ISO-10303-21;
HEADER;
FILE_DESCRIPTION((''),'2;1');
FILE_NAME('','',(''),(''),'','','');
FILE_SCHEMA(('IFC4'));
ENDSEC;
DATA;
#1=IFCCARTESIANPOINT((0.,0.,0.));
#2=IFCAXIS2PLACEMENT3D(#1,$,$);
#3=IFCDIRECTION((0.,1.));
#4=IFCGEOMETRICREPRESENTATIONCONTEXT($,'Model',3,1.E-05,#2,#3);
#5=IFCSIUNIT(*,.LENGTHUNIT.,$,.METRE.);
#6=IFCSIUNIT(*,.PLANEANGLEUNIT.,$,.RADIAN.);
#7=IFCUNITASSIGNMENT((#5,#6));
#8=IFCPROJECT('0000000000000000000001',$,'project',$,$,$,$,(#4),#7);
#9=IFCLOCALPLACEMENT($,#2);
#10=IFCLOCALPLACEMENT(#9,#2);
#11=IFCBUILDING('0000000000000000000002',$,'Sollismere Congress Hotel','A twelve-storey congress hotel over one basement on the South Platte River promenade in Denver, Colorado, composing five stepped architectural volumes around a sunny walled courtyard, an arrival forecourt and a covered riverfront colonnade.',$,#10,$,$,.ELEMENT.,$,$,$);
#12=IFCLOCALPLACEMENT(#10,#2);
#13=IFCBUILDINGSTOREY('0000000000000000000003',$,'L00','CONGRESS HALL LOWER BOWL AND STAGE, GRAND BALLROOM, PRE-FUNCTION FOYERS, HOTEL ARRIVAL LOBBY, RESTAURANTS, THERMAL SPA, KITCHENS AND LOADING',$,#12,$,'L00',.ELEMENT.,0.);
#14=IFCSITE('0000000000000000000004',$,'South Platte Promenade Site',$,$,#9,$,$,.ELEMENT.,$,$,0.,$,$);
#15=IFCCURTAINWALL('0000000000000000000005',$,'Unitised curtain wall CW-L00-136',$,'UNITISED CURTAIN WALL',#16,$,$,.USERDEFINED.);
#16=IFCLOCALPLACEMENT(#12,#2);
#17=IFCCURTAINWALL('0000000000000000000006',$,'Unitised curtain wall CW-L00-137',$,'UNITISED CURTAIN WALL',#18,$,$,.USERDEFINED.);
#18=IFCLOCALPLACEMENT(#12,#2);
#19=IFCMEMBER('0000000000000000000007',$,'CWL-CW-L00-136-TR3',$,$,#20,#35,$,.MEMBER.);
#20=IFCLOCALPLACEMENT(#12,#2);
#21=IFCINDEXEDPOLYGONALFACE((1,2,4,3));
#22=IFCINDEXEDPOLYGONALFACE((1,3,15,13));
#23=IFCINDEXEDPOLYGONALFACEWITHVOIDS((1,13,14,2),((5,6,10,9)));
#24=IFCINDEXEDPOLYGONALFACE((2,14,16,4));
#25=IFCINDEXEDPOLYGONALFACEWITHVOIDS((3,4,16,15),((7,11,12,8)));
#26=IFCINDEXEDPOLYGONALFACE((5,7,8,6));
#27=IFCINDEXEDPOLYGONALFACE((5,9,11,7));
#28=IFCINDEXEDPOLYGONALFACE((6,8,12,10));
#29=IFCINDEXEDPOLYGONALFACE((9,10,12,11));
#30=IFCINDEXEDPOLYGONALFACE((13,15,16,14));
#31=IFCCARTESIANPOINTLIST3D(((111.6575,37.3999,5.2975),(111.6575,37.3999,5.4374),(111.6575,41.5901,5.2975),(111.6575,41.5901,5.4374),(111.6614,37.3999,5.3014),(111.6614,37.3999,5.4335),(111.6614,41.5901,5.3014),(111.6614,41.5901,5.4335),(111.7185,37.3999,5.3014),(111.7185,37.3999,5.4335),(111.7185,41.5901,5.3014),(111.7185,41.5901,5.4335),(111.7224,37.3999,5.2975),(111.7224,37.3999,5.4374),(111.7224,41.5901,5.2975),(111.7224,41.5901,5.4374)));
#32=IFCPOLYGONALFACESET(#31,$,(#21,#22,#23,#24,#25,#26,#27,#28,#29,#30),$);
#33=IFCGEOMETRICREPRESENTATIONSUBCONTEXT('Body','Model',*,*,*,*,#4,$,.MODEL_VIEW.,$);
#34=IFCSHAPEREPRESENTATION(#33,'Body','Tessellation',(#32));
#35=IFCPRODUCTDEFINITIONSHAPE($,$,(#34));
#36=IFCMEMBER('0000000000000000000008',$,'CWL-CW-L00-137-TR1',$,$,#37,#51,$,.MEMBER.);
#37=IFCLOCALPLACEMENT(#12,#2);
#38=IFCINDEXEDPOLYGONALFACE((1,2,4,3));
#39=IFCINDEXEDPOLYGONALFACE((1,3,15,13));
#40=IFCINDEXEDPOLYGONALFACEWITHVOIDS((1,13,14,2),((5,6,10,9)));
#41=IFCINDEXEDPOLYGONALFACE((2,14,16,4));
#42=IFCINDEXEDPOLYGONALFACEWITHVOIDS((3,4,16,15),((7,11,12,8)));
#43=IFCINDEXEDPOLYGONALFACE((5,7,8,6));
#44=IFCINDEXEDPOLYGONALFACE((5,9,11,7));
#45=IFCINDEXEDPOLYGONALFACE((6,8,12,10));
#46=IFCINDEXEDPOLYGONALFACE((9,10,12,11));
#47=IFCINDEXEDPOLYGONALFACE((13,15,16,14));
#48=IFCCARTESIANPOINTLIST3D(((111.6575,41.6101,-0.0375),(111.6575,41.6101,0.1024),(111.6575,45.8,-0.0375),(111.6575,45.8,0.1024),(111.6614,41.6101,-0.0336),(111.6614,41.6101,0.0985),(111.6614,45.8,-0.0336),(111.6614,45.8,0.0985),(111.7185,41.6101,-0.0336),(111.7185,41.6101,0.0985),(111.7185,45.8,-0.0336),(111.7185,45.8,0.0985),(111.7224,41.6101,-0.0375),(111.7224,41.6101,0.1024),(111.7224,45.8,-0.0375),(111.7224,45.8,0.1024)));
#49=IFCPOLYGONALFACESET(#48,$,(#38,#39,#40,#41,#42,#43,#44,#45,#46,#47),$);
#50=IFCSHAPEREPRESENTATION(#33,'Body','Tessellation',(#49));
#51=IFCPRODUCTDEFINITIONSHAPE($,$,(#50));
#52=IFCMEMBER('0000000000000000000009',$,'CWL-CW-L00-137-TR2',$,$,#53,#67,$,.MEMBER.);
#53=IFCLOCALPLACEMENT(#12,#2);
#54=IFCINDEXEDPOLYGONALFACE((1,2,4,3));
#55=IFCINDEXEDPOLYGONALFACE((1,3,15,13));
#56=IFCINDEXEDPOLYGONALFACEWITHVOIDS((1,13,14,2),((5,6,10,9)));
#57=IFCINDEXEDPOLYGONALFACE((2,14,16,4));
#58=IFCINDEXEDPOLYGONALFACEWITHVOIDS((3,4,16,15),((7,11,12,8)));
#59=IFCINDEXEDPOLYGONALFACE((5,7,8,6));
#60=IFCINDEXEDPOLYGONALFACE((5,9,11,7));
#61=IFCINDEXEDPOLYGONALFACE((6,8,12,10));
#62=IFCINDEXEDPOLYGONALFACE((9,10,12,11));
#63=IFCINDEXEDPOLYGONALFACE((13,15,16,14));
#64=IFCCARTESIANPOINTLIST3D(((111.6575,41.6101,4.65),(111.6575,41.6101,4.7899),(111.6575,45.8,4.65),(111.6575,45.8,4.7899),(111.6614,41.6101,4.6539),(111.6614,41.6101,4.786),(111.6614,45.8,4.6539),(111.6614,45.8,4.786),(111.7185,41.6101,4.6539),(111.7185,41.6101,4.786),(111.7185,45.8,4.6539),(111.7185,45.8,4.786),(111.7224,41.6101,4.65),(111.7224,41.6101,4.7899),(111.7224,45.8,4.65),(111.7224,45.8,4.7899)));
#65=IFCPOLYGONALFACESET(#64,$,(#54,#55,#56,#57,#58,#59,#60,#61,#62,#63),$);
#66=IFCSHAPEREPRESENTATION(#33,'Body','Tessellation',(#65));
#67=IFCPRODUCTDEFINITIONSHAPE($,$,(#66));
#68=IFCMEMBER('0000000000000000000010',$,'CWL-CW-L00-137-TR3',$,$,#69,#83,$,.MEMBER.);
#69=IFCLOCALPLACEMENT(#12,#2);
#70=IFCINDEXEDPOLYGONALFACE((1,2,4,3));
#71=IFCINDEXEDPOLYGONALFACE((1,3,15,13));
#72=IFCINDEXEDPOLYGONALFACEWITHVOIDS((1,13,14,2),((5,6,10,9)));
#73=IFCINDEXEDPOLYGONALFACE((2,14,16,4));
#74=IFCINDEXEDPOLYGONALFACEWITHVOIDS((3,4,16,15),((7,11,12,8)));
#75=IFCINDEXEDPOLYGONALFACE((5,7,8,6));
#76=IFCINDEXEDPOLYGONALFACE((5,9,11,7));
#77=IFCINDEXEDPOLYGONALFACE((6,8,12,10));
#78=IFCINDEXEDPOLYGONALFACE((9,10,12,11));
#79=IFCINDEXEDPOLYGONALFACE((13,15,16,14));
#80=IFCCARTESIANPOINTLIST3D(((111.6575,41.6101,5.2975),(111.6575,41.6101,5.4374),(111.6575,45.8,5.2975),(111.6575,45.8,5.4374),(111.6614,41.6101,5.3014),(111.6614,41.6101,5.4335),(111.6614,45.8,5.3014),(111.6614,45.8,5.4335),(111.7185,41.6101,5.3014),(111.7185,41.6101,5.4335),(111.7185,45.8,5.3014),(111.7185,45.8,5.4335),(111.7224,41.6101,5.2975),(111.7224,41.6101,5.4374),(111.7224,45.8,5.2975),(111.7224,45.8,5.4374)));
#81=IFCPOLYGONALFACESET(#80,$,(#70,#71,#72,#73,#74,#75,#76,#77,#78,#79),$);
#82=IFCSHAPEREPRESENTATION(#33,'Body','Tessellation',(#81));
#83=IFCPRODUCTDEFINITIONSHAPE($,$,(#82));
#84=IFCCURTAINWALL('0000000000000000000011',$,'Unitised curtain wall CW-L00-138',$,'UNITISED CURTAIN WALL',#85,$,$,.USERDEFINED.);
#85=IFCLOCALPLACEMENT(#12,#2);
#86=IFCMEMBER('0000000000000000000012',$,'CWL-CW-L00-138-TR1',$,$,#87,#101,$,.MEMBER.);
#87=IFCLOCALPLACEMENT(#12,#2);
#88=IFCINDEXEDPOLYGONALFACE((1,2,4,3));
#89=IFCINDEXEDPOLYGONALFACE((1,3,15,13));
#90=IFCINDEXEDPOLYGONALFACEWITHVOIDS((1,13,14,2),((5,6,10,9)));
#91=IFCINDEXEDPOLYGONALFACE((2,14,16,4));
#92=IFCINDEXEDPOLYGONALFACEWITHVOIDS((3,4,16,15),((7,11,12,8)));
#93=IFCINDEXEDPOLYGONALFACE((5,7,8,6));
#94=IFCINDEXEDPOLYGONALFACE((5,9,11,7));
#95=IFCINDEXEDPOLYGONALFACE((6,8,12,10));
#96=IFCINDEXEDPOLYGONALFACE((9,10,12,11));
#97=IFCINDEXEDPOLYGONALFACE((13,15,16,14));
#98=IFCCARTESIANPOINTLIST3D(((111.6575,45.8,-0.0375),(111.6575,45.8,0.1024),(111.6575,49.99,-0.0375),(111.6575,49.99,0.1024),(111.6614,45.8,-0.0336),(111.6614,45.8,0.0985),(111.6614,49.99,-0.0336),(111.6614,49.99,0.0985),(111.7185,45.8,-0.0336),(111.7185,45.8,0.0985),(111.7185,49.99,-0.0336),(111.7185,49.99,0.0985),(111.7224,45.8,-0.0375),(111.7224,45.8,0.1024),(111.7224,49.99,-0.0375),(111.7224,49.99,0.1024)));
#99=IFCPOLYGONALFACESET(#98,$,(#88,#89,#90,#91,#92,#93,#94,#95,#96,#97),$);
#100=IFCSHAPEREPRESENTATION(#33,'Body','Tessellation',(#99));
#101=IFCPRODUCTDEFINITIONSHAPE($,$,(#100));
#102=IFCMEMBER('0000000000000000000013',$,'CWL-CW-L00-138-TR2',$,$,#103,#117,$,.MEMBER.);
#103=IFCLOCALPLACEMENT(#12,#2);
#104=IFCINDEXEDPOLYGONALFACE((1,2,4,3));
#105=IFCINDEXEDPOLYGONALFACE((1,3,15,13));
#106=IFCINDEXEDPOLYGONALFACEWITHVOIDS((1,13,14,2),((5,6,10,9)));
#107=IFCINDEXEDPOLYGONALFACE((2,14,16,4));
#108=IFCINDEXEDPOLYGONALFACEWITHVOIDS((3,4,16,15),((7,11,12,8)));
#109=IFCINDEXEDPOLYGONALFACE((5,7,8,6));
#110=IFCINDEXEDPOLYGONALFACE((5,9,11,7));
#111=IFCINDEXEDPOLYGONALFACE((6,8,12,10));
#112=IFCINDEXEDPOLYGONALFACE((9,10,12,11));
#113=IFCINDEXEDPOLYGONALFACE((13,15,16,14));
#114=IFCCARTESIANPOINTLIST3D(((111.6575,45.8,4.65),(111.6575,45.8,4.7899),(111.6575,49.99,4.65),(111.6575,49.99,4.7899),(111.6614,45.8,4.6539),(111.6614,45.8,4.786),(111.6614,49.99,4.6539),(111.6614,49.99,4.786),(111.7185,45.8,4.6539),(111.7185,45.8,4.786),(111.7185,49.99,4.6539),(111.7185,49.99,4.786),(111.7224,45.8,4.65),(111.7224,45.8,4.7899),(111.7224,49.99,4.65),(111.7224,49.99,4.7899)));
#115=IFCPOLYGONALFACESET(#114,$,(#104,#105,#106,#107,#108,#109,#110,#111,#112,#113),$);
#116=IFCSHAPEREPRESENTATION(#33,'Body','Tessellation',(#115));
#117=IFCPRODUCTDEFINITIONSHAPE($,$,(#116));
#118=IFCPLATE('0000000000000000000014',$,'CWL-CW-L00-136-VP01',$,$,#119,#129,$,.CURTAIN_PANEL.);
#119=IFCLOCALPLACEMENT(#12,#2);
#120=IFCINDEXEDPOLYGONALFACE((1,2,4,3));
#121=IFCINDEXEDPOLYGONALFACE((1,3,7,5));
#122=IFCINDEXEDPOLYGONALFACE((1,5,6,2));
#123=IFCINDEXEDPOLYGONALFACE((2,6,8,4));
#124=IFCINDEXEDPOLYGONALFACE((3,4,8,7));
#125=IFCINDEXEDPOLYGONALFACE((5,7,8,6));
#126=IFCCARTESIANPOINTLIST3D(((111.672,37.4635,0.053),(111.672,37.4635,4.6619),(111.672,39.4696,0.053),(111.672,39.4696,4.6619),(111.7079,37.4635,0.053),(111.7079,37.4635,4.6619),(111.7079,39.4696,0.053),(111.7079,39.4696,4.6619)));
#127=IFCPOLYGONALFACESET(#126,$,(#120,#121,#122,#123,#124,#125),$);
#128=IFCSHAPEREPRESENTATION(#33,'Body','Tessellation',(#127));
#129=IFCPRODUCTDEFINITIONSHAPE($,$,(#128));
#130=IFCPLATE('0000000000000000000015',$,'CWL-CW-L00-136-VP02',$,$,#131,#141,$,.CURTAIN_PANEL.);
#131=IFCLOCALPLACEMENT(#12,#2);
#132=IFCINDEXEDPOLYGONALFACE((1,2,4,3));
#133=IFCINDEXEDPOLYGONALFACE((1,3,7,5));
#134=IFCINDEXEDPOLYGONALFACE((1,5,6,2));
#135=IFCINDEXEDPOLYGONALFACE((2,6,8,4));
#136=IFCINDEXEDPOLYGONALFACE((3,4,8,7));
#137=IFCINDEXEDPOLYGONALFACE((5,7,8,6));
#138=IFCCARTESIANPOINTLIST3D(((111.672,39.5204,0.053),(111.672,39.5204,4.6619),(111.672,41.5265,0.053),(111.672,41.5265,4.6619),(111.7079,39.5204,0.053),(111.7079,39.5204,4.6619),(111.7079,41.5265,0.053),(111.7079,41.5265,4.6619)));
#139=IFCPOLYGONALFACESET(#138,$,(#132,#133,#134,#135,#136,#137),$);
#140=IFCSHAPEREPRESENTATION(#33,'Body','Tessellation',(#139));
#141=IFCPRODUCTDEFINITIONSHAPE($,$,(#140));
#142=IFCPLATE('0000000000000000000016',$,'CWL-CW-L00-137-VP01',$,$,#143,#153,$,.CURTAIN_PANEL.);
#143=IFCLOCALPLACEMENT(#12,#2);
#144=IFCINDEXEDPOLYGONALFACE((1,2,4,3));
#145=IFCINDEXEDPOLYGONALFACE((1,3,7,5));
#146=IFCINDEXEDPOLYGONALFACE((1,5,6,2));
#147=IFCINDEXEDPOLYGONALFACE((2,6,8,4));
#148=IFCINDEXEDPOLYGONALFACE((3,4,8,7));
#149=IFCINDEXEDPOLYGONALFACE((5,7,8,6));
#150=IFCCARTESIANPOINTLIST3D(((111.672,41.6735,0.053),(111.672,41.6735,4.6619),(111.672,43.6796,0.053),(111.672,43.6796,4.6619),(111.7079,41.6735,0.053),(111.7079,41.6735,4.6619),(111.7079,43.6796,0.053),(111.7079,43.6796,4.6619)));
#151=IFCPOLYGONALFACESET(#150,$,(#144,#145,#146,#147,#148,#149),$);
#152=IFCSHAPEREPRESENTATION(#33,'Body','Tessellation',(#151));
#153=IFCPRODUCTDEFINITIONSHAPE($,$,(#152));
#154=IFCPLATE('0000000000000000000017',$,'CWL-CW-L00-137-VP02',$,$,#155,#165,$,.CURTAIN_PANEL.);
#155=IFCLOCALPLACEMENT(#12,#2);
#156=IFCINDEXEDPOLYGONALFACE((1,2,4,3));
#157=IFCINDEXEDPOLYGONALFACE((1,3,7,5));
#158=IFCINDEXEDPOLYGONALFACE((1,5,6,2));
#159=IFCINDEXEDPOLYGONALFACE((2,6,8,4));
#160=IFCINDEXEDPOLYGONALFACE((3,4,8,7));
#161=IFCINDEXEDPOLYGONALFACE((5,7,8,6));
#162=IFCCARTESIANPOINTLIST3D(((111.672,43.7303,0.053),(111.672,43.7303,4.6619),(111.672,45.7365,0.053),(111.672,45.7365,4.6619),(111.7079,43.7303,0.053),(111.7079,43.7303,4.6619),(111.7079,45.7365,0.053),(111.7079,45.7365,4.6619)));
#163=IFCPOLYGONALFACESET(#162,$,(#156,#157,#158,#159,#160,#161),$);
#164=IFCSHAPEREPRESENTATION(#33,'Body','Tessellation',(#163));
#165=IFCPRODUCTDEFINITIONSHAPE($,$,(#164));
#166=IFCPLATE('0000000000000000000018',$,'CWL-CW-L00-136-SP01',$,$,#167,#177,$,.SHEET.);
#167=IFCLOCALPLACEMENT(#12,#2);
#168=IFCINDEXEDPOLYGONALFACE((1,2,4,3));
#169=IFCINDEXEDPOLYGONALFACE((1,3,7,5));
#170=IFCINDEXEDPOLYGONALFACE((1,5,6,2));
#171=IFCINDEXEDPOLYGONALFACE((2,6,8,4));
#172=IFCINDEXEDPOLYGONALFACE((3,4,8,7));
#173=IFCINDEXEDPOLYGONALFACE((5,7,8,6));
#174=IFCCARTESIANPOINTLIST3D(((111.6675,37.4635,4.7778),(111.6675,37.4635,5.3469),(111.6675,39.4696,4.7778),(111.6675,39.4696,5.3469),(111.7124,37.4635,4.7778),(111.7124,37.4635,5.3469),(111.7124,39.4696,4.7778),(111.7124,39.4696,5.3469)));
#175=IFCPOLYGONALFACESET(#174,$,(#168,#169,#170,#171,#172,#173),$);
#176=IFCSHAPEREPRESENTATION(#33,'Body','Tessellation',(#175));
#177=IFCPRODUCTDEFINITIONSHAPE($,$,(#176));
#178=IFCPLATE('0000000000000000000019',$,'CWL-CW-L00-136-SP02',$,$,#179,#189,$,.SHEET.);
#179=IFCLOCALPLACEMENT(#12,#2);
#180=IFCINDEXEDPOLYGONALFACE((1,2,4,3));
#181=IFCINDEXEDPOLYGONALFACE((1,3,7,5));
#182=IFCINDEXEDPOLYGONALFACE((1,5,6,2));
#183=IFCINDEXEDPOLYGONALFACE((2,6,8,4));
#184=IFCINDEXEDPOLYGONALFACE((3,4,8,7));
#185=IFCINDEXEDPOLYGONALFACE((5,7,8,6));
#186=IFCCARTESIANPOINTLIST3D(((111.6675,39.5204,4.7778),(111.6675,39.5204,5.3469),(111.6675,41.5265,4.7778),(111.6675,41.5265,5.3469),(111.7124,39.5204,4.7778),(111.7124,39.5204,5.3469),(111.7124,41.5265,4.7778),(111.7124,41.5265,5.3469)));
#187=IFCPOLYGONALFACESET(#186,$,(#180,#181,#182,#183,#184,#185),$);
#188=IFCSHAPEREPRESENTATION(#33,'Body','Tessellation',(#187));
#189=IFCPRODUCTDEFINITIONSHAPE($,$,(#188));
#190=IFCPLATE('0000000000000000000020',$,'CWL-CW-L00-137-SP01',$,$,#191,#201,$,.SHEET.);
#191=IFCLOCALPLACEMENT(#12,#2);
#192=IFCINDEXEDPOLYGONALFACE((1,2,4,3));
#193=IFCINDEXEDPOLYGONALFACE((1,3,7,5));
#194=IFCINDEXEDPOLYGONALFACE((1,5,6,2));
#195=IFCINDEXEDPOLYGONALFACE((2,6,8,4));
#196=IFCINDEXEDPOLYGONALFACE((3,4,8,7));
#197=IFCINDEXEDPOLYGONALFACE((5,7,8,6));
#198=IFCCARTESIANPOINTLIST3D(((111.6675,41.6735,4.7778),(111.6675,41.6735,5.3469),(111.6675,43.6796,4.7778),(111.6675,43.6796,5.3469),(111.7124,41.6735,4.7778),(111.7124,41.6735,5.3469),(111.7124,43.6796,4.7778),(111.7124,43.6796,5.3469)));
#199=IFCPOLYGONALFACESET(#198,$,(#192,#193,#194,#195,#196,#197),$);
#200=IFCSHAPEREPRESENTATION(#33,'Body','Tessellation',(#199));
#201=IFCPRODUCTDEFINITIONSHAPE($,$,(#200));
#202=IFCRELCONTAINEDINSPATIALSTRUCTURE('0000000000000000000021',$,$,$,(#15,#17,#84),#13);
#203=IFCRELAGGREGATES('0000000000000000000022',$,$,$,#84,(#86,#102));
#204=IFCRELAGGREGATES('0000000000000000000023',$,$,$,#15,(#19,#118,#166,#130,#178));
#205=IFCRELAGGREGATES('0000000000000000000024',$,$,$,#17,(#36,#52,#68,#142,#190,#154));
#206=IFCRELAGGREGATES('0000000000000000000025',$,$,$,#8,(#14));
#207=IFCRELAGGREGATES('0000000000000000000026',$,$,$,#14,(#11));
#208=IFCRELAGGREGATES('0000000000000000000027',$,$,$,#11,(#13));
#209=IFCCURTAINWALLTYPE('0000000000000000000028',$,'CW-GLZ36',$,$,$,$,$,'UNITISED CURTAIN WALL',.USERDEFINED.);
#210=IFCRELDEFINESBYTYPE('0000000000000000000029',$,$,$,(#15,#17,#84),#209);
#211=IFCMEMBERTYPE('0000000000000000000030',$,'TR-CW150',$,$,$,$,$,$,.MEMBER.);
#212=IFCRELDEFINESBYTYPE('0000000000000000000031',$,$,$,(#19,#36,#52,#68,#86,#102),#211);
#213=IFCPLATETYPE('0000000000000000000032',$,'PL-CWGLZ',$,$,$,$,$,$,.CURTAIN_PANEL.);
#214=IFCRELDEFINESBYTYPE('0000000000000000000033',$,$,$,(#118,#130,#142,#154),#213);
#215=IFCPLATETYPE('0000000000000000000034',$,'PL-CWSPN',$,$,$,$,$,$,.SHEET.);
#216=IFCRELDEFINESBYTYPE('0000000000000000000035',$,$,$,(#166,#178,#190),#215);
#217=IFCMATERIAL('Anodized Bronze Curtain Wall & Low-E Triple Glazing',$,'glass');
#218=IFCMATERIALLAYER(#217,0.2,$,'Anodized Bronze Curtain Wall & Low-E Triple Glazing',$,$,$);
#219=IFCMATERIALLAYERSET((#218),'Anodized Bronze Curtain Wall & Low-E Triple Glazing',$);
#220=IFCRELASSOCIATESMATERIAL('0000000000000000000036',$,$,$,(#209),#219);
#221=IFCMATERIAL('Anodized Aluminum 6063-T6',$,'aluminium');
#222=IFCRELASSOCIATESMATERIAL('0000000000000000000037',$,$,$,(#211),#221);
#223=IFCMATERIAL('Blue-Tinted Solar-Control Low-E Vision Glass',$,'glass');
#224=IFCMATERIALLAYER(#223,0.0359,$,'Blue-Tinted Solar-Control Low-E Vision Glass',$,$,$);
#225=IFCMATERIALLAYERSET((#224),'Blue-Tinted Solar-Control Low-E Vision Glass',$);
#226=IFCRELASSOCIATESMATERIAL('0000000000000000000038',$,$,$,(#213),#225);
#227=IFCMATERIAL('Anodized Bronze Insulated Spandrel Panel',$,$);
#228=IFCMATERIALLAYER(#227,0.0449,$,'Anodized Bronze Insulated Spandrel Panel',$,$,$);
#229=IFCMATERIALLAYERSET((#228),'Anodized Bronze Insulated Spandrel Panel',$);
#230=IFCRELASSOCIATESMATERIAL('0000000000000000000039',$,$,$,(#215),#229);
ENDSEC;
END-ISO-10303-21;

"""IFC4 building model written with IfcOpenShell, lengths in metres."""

from ifc_helpers import new_model, si_unit, direction, frame, origin, origin_2d, place, context, subcontext, project, spatial, rectangle, hollow_rectangle, extrude, material, layer, layer_set, material_profile, profile_set, type_object, element, aggregate, save


model = new_model("IFC4")

# Units and contexts
model_context = context("Model", 3, precision=1e-05, world=origin(), true_north=direction((0.0, 1.0)))
body_context = subcontext(model_context, "Body", "Model", "MODEL_VIEW")
ifc_project = project(units=[si_unit("LENGTHUNIT", "METRE"), si_unit("PLANEANGLEUNIT", "RADIAN")], contexts=[model_context])

# Site, building, storey
site_placement = place(None, origin())
site = spatial("IfcSite", under=ifc_project, at=site_placement, Name="South Platte Promenade Site", CompositionType="ELEMENT", RefElevation=0.0)
building_placement = place(site_placement, origin())
building = spatial("IfcBuilding", under=site, at=building_placement, Name="Sollismere Congress Hotel", Description="A twelve-storey congress hotel over one basement on the South Platte River promenade in Denver, Colorado, composing five stepped architectural volumes around a sunny walled courtyard, an arrival forecourt and a covered riverfront colonnade.", CompositionType="ELEMENT")
storey_placement = place(building_placement, origin())
storey = spatial("IfcBuildingStorey", under=building, at=storey_placement, Name="L00", Description="CONGRESS HALL LOWER BOWL AND STAGE, GRAND BALLROOM, PRE-FUNCTION FOYERS, HOTEL ARRIVAL LOBBY, RESTAURANTS, THERMAL SPA, KITCHENS AND LOADING", LongName="L00", CompositionType="ELEMENT", Elevation=0.0)

# Curtain walls
ifc_material_1 = material(Name="Anodized Bronze Curtain Wall & Low-E Triple Glazing", Category="glass")
ifc_layer_1 = layer(ifc_material_1, 0.2, Name="Anodized Bronze Curtain Wall & Low-E Triple Glazing")
ifc_layer_set_1 = layer_set([ifc_layer_1], Name="Anodized Bronze Curtain Wall & Low-E Triple Glazing")
curtain_wall_type = type_object("IfcCurtainWallType", Name="CW-GLZ36", ElementType="UNITISED CURTAIN WALL", PredefinedType="USERDEFINED", material=ifc_layer_set_1)
curtain_wall_1_placement = place(storey_placement, origin())
curtain_wall_1 = element("IfcCurtainWall", 1, at=curtain_wall_1_placement, inside=storey, type_object=curtain_wall_type, Name="Unitised curtain wall CW-L00-136", ObjectType="UNITISED CURTAIN WALL", PredefinedType="USERDEFINED")
ifc_material_2 = material(Name="Anodized Aluminum 6063-T6", Category="aluminium")
curtain_wall_2_placement = place(storey_placement, origin())
curtain_wall_2 = element("IfcCurtainWall", 2, at=curtain_wall_2_placement, inside=storey, type_object=curtain_wall_type, Name="Unitised curtain wall CW-L00-137", ObjectType="UNITISED CURTAIN WALL", PredefinedType="USERDEFINED")

# Members
ifc_material_profile_1 = material_profile(ifc_material_2, hollow_rectangle(XDim=0.0649, YDim=0.1399, WallThickness=0.0039, at=origin_2d()), Name="ALU140X65X4")
ifc_profile_set_1 = profile_set([ifc_material_profile_1], Name="Anodized Aluminum 6063-T6")
member_type_1 = type_object("IfcMemberType", Name="TR-CW150", PredefinedType="MEMBER", material=ifc_profile_set_1)
member_1_placement = place(storey_placement, frame((111.6899, 37.3999, 5.3674), z_axis=(0.0, 1.0, 0.0), x_axis=(-1.0, 0.0, 0.0)))
member_1 = element("IfcMember", 3, at=member_1_placement, type_object=member_type_1, Name="CWL-CW-L00-136-TR3", PredefinedType="MEMBER", context=body_context, shape_type="SweptSolid", body=[
    extrude(hollow_rectangle(XDim=0.0649, YDim=0.1399, WallThickness=0.0039, at=origin_2d()), origin(), (0.0, 0.0, 1.0), 4.1902),
])
member_2_placement = place(storey_placement, frame((111.6899, 41.6101, 0.0325), z_axis=(0.0, 1.0, 0.0), x_axis=(-1.0, 0.0, 0.0)))
member_2 = element("IfcMember", 4, at=member_2_placement, type_object=member_type_1, Name="CWL-CW-L00-137-TR1", PredefinedType="MEMBER", context=body_context, shape_type="SweptSolid", body=[
    extrude(hollow_rectangle(XDim=0.0649, YDim=0.1399, WallThickness=0.0039, at=origin_2d()), origin(), (0.0, 0.0, 1.0), 4.1899),
])
member_3_placement = place(storey_placement, frame((111.6899, 41.6101, 4.72), z_axis=(0.0, 1.0, 0.0), x_axis=(-1.0, 0.0, 0.0)))
member_3 = element("IfcMember", 5, at=member_3_placement, type_object=member_type_1, Name="CWL-CW-L00-137-TR2", PredefinedType="MEMBER", context=body_context, shape_type="SweptSolid", body=[
    extrude(hollow_rectangle(XDim=0.0649, YDim=0.1399, WallThickness=0.0039, at=origin_2d()), origin(), (0.0, 0.0, 1.0), 4.1899),
])
member_4_placement = place(storey_placement, frame((111.6899, 41.6101, 5.3674), z_axis=(0.0, 1.0, 0.0), x_axis=(-1.0, 0.0, 0.0)))
member_4 = element("IfcMember", 6, at=member_4_placement, type_object=member_type_1, Name="CWL-CW-L00-137-TR3", PredefinedType="MEMBER", context=body_context, shape_type="SweptSolid", body=[
    extrude(hollow_rectangle(XDim=0.0649, YDim=0.1399, WallThickness=0.0039, at=origin_2d()), origin(), (0.0, 0.0, 1.0), 4.1899),
])

# Curtain wall, members
curtain_wall_3_placement = place(storey_placement, origin())
curtain_wall_3 = element("IfcCurtainWall", 7, at=curtain_wall_3_placement, inside=storey, type_object=curtain_wall_type, Name="Unitised curtain wall CW-L00-138", ObjectType="UNITISED CURTAIN WALL", PredefinedType="USERDEFINED")
member_5_placement = place(storey_placement, frame((111.6899, 45.8, 0.0325), z_axis=(0.0, 1.0, 0.0), x_axis=(-1.0, 0.0, 0.0)))
member_5 = element("IfcMember", 8, at=member_5_placement, type_object=member_type_1, Name="CWL-CW-L00-138-TR1", PredefinedType="MEMBER", context=body_context, shape_type="SweptSolid", body=[
    extrude(hollow_rectangle(XDim=0.0649, YDim=0.1399, WallThickness=0.0039, at=origin_2d()), origin(), (0.0, 0.0, 1.0), 4.1899),
])
member_6_placement = place(storey_placement, frame((111.6899, 45.8, 4.72), z_axis=(0.0, 1.0, 0.0), x_axis=(-1.0, 0.0, 0.0)))
member_6 = element("IfcMember", 9, at=member_6_placement, type_object=member_type_1, Name="CWL-CW-L00-138-TR2", PredefinedType="MEMBER", context=body_context, shape_type="SweptSolid", body=[
    extrude(hollow_rectangle(XDim=0.0649, YDim=0.1399, WallThickness=0.0039, at=origin_2d()), origin(), (0.0, 0.0, 1.0), 4.1899),
])
aggregate(curtain_wall_3, [member_5, member_6])

# Plates
ifc_material_3 = material(Name="Blue-Tinted Solar-Control Low-E Vision Glass", Category="glass")
ifc_layer_2 = layer(ifc_material_3, 0.0359, Name="Blue-Tinted Solar-Control Low-E Vision Glass")
ifc_layer_set_2 = layer_set([ifc_layer_2], Name="Blue-Tinted Solar-Control Low-E Vision Glass")
plate_type_1 = type_object("IfcPlateType", Name="PL-CWGLZ", PredefinedType="CURTAIN_PANEL", material=ifc_layer_set_2)
plate_1_placement = place(storey_placement, frame((111.6899, 38.4666, 0.053), z_axis=(0.0, 0.0, 1.0), x_axis=(0.0, 1.0, 0.0)))
plate_1 = element("IfcPlate", 10, at=plate_1_placement, type_object=plate_type_1, Name="CWL-CW-L00-136-VP01", PredefinedType="CURTAIN_PANEL", context=body_context, shape_type="SweptSolid", body=[
    extrude(rectangle(XDim=2.0061, YDim=0.0359, at=origin_2d()), origin(), (0.0, 0.0, 1.0), 4.6089),
])
plate_2_placement = place(storey_placement, frame((111.6899, 40.5234, 0.053), z_axis=(0.0, 0.0, 1.0), x_axis=(0.0, 1.0, 0.0)))
plate_2 = element("IfcPlate", 11, at=plate_2_placement, type_object=plate_type_1, Name="CWL-CW-L00-136-VP02", PredefinedType="CURTAIN_PANEL", context=body_context, shape_type="SweptSolid", body=[
    extrude(rectangle(XDim=2.0061, YDim=0.0359, at=origin_2d()), origin(), (0.0, 0.0, 1.0), 4.6089),
])
plate_3_placement = place(storey_placement, frame((111.6899, 42.6765, 0.053), z_axis=(0.0, 0.0, 1.0), x_axis=(0.0, 1.0, 0.0)))
plate_3 = element("IfcPlate", 12, at=plate_3_placement, type_object=plate_type_1, Name="CWL-CW-L00-137-VP01", PredefinedType="CURTAIN_PANEL", context=body_context, shape_type="SweptSolid", body=[
    extrude(rectangle(XDim=2.0061, YDim=0.0359, at=origin_2d()), origin(), (0.0, 0.0, 1.0), 4.6089),
])
plate_4_placement = place(storey_placement, frame((111.6899, 44.7334, 0.053), z_axis=(0.0, 0.0, 1.0), x_axis=(0.0, 1.0, 0.0)))
plate_4 = element("IfcPlate", 13, at=plate_4_placement, type_object=plate_type_1, Name="CWL-CW-L00-137-VP02", PredefinedType="CURTAIN_PANEL", context=body_context, shape_type="SweptSolid", body=[
    extrude(rectangle(XDim=2.0061, YDim=0.0359, at=origin_2d()), origin(), (0.0, 0.0, 1.0), 4.6089),
])
ifc_material_4 = material(Name="Anodized Bronze Insulated Spandrel Panel")
ifc_layer_3 = layer(ifc_material_4, 0.0449, Name="Anodized Bronze Insulated Spandrel Panel")
ifc_layer_set_3 = layer_set([ifc_layer_3], Name="Anodized Bronze Insulated Spandrel Panel")
plate_type_2 = type_object("IfcPlateType", Name="PL-CWSPN", PredefinedType="SHEET", material=ifc_layer_set_3)
plate_5_placement = place(storey_placement, frame((111.6899, 38.4666, 4.7778), z_axis=(0.0, 0.0, 1.0), x_axis=(0.0, 1.0, 0.0)))
plate_5 = element("IfcPlate", 14, at=plate_5_placement, type_object=plate_type_2, Name="CWL-CW-L00-136-SP01", PredefinedType="SHEET", context=body_context, shape_type="SweptSolid", body=[
    extrude(rectangle(XDim=2.0061, YDim=0.0449, at=origin_2d()), origin(), (0.0, 0.0, 1.0), 0.5691),
])
plate_6_placement = place(storey_placement, frame((111.6899, 40.5234, 4.7778), z_axis=(0.0, 0.0, 1.0), x_axis=(0.0, 1.0, 0.0)))
plate_6 = element("IfcPlate", 15, at=plate_6_placement, type_object=plate_type_2, Name="CWL-CW-L00-136-SP02", PredefinedType="SHEET", context=body_context, shape_type="SweptSolid", body=[
    extrude(rectangle(XDim=2.0061, YDim=0.0449, at=origin_2d()), origin(), (0.0, 0.0, 1.0), 0.5691),
])
aggregate(curtain_wall_1, [member_1, plate_1, plate_5, plate_2, plate_6])
plate_7_placement = place(storey_placement, frame((111.6899, 42.6765, 4.7778), z_axis=(0.0, 0.0, 1.0), x_axis=(0.0, 1.0, 0.0)))
plate_7 = element("IfcPlate", 16, at=plate_7_placement, type_object=plate_type_2, Name="CWL-CW-L00-137-SP01", PredefinedType="SHEET", context=body_context, shape_type="SweptSolid", body=[
    extrude(rectangle(XDim=2.0061, YDim=0.0449, at=origin_2d()), origin(), (0.0, 0.0, 1.0), 0.5691),
])
aggregate(curtain_wall_2, [member_2, member_3, member_4, plate_3, plate_7, plate_4])

save(model, "model.ifc")
